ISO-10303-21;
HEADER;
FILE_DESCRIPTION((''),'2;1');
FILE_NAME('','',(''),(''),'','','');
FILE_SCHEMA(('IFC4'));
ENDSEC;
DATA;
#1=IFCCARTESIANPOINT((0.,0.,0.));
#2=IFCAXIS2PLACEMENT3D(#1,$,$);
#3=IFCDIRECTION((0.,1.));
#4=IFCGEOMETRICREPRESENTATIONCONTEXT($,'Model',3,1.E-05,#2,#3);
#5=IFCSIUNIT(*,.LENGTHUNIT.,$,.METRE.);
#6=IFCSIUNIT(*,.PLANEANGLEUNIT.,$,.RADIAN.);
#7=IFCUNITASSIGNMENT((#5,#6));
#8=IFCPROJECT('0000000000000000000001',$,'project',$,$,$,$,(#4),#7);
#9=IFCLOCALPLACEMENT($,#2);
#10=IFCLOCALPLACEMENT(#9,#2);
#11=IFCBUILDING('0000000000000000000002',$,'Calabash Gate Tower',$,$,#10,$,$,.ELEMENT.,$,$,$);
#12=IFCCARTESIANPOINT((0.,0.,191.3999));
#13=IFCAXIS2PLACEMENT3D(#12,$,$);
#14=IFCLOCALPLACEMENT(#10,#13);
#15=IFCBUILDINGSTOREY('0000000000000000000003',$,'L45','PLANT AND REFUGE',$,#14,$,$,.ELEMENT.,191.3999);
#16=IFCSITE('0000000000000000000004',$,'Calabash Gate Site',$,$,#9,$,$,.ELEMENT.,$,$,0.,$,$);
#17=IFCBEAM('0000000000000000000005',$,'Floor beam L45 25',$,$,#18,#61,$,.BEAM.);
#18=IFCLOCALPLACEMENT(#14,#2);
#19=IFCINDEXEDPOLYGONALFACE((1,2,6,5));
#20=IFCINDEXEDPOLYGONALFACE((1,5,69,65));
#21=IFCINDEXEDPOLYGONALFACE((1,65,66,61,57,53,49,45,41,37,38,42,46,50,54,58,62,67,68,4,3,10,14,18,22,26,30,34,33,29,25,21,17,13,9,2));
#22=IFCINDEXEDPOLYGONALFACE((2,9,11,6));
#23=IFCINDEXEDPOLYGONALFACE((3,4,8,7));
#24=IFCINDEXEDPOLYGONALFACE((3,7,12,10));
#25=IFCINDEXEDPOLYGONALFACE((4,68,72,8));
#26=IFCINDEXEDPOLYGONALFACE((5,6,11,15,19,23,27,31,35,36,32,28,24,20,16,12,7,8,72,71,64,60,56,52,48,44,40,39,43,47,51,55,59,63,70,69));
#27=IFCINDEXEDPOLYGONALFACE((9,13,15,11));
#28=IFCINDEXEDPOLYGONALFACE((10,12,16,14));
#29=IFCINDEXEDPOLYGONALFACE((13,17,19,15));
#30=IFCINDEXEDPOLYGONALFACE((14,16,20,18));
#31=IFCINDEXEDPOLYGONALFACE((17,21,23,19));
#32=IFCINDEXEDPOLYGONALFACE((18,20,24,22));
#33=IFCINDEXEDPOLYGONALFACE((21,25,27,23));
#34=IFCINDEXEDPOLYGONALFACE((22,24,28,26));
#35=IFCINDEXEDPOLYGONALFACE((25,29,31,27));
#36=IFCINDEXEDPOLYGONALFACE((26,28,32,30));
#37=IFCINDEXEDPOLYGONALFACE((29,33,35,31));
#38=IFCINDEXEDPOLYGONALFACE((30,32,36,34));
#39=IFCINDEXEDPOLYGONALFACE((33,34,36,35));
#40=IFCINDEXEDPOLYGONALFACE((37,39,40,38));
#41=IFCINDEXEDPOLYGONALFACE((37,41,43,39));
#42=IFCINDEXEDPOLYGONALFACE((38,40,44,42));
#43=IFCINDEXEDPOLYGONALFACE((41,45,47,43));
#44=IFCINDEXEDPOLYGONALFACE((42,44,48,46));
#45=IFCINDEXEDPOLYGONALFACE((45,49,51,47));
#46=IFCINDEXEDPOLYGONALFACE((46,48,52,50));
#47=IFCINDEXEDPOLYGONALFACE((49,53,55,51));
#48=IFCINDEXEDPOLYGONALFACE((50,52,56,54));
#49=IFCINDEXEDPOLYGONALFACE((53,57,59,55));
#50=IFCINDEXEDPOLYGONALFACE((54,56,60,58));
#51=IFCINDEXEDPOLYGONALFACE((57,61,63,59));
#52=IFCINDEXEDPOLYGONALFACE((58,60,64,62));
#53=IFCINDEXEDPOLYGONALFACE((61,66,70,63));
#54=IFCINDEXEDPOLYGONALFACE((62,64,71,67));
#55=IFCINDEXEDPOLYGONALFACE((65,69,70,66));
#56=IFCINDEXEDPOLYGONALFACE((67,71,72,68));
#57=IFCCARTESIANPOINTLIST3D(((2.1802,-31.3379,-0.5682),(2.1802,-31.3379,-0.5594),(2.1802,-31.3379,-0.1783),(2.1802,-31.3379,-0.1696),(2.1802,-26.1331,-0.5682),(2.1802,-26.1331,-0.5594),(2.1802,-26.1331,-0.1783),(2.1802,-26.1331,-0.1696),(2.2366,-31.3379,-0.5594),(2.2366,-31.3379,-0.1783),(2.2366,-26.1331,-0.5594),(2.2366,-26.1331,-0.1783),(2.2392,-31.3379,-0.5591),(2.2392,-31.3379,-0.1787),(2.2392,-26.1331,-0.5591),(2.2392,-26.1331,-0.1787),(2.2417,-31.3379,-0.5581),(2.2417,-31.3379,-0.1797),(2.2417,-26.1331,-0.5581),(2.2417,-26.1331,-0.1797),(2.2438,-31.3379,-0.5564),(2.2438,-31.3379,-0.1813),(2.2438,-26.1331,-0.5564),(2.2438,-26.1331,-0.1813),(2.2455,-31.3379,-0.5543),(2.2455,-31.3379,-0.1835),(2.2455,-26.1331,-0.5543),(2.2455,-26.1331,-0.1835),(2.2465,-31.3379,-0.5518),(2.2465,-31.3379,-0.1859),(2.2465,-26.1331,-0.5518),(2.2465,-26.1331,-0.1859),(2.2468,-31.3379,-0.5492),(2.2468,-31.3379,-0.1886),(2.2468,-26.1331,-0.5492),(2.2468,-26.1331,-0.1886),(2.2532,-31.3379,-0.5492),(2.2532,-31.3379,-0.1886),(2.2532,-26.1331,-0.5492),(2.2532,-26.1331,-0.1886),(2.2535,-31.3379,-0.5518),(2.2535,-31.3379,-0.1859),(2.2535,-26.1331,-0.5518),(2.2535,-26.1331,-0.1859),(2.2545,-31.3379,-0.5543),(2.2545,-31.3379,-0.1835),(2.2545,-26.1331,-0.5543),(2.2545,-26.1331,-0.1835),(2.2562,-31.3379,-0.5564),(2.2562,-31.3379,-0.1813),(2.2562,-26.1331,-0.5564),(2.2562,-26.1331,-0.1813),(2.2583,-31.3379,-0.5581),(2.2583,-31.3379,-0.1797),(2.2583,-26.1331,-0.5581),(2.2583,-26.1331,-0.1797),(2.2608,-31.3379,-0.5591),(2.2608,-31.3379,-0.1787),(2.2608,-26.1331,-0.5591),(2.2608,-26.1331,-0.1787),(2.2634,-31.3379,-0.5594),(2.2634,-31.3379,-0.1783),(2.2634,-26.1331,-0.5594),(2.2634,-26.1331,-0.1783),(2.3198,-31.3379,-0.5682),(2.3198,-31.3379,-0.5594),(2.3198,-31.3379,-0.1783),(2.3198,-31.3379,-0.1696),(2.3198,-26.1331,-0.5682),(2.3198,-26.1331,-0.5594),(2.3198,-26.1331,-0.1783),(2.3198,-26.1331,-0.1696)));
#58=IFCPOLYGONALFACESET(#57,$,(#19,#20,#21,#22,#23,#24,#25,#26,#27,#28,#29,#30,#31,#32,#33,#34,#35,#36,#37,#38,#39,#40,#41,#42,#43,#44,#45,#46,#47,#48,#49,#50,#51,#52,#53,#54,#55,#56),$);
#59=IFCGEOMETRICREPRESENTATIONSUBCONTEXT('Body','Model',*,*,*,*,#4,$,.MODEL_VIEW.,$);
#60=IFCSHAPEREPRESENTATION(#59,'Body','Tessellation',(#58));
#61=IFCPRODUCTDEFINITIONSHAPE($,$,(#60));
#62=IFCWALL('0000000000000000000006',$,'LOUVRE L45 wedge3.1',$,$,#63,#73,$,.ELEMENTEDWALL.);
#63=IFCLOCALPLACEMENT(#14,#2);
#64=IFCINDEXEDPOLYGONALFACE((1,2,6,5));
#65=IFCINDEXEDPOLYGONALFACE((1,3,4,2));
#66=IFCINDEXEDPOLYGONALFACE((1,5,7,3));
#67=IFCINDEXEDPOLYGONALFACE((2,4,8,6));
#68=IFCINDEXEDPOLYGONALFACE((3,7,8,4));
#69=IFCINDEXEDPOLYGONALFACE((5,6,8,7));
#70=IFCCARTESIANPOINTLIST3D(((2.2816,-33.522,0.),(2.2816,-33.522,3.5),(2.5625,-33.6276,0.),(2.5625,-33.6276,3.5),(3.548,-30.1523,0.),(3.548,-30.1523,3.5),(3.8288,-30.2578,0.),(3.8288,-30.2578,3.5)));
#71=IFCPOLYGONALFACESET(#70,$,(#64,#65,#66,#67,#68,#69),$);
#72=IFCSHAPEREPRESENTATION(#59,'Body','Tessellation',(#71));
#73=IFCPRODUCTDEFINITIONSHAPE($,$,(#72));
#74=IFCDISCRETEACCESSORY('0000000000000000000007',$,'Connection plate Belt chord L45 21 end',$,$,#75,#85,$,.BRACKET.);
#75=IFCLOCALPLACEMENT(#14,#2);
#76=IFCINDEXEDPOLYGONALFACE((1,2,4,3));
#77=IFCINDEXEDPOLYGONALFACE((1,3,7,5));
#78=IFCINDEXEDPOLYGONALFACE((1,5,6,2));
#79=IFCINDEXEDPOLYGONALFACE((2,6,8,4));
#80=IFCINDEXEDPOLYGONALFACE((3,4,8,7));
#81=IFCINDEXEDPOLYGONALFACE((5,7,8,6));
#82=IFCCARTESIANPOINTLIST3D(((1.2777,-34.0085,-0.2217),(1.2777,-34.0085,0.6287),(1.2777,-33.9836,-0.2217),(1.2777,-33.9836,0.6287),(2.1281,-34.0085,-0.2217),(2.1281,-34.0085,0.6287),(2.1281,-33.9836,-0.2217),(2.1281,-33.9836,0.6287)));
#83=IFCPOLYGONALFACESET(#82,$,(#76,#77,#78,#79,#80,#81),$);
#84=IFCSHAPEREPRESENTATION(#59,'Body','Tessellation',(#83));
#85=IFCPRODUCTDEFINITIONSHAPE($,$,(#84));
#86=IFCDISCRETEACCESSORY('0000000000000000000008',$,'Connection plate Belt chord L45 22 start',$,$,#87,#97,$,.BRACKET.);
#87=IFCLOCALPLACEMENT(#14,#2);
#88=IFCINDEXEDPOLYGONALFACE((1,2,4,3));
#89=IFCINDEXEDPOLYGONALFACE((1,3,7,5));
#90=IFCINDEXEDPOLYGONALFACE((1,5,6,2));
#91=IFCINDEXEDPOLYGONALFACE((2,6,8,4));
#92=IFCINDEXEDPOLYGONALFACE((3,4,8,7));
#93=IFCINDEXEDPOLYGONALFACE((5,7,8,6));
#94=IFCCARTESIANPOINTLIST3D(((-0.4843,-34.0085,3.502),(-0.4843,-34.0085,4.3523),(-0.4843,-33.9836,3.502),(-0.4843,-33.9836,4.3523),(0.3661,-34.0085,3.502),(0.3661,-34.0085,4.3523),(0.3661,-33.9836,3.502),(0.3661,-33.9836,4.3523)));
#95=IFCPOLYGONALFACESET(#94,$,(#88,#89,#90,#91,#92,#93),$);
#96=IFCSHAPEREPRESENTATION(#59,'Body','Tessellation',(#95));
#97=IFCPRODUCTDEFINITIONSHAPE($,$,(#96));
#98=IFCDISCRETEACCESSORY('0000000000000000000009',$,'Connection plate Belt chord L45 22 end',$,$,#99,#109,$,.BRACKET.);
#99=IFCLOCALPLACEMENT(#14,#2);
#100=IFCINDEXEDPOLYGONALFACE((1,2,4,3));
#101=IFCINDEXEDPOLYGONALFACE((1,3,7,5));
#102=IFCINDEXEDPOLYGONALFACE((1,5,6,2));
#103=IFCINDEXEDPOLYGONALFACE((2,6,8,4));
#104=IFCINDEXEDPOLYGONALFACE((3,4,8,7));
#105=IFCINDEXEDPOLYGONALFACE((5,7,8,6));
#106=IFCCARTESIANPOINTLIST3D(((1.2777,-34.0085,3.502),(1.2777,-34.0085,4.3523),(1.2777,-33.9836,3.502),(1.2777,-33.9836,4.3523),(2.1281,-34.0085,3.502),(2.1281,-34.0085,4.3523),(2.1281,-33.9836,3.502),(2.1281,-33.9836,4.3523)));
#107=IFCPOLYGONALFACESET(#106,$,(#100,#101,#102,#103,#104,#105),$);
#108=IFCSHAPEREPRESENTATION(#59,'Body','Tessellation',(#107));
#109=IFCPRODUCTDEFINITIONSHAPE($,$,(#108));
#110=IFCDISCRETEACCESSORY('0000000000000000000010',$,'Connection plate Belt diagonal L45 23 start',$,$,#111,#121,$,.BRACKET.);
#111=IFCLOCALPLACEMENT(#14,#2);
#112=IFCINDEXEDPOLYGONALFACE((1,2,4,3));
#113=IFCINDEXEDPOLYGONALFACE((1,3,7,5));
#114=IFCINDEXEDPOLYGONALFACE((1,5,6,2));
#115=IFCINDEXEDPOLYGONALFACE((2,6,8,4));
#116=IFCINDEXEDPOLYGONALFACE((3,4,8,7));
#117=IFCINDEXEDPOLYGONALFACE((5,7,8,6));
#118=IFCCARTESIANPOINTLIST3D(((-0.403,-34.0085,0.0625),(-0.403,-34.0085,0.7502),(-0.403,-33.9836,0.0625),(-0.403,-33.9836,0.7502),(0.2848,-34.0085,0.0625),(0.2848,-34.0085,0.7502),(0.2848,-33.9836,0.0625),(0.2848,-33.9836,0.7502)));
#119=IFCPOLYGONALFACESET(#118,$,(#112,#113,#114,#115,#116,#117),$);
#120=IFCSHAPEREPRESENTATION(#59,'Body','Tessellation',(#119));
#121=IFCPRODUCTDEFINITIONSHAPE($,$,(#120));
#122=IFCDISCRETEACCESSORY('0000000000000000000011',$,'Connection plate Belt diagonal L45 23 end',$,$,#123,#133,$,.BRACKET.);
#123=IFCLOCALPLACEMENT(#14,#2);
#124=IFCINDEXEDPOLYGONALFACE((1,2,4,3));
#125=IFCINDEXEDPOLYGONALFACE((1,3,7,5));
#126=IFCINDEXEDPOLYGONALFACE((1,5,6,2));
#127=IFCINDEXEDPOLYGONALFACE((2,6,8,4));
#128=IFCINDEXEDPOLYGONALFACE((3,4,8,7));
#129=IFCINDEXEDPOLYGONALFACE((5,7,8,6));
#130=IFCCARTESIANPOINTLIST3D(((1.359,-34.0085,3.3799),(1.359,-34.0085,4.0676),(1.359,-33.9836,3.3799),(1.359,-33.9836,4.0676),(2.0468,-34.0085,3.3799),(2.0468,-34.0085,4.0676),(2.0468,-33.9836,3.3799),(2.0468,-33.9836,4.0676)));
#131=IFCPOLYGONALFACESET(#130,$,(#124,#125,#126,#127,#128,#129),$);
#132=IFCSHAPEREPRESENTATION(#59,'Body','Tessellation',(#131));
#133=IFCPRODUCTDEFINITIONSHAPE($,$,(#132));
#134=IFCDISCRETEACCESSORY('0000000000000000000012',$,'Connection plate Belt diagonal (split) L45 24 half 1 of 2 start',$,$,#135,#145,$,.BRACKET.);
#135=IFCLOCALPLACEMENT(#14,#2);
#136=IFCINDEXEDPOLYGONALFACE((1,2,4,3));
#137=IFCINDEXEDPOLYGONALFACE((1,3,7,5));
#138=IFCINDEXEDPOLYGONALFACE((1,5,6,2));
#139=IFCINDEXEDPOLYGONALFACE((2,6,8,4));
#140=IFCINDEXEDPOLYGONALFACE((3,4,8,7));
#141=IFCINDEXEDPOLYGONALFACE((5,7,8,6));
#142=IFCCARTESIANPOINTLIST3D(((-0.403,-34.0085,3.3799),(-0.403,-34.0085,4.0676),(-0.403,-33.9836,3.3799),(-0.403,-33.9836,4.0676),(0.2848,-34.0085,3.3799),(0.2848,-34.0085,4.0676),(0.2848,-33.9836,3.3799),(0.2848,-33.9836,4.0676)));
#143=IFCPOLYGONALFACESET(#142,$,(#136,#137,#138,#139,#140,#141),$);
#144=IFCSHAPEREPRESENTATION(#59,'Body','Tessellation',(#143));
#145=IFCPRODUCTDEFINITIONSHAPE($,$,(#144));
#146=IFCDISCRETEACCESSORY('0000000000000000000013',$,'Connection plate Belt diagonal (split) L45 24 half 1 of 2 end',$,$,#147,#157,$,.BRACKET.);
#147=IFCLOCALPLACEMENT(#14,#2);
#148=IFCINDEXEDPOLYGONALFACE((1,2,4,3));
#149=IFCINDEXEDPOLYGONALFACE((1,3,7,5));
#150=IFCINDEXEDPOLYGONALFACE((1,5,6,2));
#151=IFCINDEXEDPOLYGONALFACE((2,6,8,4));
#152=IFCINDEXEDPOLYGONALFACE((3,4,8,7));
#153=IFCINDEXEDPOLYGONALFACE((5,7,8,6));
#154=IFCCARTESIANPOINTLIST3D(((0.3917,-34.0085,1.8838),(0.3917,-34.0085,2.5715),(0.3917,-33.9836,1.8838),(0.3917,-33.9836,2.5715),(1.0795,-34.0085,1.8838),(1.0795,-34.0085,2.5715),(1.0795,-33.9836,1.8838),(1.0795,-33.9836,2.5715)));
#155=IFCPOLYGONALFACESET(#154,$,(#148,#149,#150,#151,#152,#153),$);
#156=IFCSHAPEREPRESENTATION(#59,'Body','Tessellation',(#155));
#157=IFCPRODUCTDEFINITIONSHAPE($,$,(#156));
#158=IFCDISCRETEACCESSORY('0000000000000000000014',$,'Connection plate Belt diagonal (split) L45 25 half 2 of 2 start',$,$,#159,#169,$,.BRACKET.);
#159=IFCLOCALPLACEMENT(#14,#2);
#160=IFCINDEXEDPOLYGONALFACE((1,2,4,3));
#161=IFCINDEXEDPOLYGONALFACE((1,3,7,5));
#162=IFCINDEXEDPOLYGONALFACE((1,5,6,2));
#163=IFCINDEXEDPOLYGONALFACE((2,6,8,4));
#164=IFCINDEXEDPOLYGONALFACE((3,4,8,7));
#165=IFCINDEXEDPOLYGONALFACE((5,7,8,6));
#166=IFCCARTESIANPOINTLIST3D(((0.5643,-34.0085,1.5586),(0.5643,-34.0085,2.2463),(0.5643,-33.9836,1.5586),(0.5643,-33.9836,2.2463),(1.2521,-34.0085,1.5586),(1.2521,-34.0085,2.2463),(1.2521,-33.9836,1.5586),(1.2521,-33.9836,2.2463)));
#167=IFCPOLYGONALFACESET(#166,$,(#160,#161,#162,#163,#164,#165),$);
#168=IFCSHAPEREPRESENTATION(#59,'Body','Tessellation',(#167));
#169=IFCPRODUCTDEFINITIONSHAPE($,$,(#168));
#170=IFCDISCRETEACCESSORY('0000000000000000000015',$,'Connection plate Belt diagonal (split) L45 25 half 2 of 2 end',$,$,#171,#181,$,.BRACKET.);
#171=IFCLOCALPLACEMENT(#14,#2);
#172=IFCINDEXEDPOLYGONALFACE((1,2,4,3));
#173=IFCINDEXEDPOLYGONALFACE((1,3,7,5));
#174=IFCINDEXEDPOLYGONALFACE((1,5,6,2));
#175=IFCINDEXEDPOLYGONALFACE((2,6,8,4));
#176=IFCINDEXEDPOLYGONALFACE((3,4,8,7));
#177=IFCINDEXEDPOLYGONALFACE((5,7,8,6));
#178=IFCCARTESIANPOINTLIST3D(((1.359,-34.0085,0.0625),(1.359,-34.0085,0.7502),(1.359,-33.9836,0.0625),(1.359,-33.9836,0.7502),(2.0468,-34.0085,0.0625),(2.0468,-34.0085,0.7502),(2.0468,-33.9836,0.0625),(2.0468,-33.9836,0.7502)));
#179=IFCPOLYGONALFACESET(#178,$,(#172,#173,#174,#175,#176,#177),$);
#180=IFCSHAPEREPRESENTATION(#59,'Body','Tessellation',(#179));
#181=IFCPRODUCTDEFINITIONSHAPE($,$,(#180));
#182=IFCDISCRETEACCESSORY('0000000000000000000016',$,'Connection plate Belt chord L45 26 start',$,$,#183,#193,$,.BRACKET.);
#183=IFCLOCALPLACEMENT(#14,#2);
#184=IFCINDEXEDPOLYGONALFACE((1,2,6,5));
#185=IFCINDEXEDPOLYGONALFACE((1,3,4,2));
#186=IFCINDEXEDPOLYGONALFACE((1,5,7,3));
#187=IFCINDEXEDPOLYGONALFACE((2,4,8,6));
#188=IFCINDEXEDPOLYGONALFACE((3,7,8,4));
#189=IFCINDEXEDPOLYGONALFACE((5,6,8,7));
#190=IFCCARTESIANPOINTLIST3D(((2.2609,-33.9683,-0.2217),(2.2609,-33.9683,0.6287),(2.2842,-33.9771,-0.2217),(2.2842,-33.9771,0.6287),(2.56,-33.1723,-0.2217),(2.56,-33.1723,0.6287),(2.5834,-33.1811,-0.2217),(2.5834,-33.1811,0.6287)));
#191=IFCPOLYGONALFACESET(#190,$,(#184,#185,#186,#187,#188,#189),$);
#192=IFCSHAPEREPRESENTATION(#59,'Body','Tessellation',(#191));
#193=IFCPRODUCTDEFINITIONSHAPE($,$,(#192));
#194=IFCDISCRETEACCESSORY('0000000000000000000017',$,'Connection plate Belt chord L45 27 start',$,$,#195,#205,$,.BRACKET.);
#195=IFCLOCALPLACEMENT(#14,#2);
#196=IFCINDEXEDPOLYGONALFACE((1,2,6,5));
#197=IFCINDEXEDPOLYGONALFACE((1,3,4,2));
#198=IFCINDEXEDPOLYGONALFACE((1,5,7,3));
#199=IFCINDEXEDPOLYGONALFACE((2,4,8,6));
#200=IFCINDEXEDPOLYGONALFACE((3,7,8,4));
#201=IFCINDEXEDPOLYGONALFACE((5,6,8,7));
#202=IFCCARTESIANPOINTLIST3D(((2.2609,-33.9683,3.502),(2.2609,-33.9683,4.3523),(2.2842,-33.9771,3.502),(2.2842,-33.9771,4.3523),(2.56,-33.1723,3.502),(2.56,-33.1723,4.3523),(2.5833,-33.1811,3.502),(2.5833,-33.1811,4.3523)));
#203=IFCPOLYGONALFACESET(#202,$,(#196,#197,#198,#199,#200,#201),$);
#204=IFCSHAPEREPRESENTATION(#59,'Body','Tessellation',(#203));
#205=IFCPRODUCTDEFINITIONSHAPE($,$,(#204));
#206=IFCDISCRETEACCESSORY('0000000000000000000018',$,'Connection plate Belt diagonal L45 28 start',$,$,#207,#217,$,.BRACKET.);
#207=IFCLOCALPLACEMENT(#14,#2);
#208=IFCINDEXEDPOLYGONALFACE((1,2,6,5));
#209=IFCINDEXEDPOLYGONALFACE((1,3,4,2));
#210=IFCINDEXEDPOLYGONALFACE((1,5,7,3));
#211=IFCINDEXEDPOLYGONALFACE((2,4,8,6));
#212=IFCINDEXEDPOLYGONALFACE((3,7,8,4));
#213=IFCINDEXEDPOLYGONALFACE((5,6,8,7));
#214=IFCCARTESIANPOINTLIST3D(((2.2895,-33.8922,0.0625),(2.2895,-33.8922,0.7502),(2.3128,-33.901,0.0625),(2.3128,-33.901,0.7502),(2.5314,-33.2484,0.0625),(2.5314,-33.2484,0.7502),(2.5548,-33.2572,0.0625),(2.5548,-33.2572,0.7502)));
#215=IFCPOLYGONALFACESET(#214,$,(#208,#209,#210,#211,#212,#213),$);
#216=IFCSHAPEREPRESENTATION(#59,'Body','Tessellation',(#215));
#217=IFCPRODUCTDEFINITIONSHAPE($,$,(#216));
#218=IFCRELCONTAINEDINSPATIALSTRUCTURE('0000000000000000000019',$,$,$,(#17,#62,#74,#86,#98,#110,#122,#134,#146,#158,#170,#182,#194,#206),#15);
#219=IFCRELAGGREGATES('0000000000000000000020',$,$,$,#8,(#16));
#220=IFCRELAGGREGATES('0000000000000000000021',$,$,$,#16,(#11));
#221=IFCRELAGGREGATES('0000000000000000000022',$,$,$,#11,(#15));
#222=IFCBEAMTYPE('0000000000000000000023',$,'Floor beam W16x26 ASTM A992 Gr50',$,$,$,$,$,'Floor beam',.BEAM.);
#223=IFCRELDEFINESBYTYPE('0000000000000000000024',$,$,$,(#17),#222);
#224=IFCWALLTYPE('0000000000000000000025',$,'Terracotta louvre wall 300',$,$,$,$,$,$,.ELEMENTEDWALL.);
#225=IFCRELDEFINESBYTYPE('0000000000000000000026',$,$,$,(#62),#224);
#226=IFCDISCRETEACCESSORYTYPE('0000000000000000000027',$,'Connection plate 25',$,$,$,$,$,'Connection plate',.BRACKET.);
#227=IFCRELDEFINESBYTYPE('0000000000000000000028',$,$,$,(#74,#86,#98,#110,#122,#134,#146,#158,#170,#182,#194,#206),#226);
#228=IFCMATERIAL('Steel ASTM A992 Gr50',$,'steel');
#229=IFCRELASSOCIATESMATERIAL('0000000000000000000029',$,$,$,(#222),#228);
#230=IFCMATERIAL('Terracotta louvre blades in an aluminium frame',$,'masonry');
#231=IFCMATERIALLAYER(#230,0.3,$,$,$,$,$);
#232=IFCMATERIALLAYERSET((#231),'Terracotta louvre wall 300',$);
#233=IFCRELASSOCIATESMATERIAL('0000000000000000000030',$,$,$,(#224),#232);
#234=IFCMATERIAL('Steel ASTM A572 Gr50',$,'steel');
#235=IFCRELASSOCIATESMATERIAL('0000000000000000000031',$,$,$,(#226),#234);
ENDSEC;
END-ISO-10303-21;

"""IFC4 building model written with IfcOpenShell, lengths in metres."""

from ifc_helpers import new_model, si_unit, direction, frame, frame_2d, origin, origin_2d, place, context, subcontext, project, spatial, rectangle, i_section, extrude, material, layer, layer_set, material_profile, profile_set, type_object, element, save


model = new_model("IFC4")

# Units and contexts
model_context = context("Model", 3, precision=1e-05, world=origin(), true_north=direction((0.0, 1.0)))
body_context = subcontext(model_context, "Body", "Model", "MODEL_VIEW")
ifc_project = project(units=[si_unit("LENGTHUNIT", "METRE"), si_unit("PLANEANGLEUNIT", "RADIAN")], contexts=[model_context])

# Site, building, storey
site_placement = place(None, origin())
site = spatial("IfcSite", under=ifc_project, at=site_placement, Name="Calabash Gate Site", CompositionType="ELEMENT", RefElevation=0.0)
building_placement = place(site_placement, origin())
building = spatial("IfcBuilding", under=site, at=building_placement, Name="Calabash Gate Tower", CompositionType="ELEMENT")
storey_placement = place(building_placement, frame((0.0, 0.0, 191.3999)))
storey = spatial("IfcBuildingStorey", under=building, at=storey_placement, Name="L45", Description="PLANT AND REFUGE", CompositionType="ELEMENT", Elevation=191.3999)

# Beam
ifc_material_1 = material(Name="Steel ASTM A992 Gr50", Category="steel")
ifc_material_profile_1 = material_profile(ifc_material_1, i_section(OverallWidth=0.1396, OverallDepth=0.3987, WebThickness=0.0063, FlangeThickness=0.0088, FilletRadius=0.0103, at=origin_2d()))
ifc_profile_set_1 = profile_set([ifc_material_profile_1], Name="Steel ASTM A992 Gr50")
beam_type_1 = type_object("IfcBeamType", Name="Floor beam W16x26 ASTM A992 Gr50", ElementType="Floor beam", PredefinedType="BEAM", material=ifc_profile_set_1)
beam_1_placement = place(storey_placement, frame((2.25, -31.3379, -0.3689), z_axis=(0.0, 1.0, 0.0), x_axis=(-1.0, 0.0, 0.0)))
element("IfcBeam", 1, at=beam_1_placement, inside=storey, type_object=beam_type_1, Name="Floor beam L45 25", PredefinedType="BEAM", context=body_context, shape_type="SweptSolid", body=[
    extrude(i_section(OverallWidth=0.1396, OverallDepth=0.3987, WebThickness=0.0063, FlangeThickness=0.0088, FilletRadius=0.0103, at=origin_2d()), origin(), (0.0, 0.0, 1.0), 5.2048),
])

# Wall
ifc_material_2 = material(Name="Terracotta louvre blades in an aluminium frame", Category="masonry")
ifc_layer = layer(ifc_material_2, 0.3)
ifc_layer_set = layer_set([ifc_layer], Name="Terracotta louvre wall 300")
wall_type = type_object("IfcWallType", Name="Terracotta louvre wall 300", PredefinedType="ELEMENTEDWALL", material=ifc_layer_set)
wall_placement = place(storey_placement, frame((2.4221, -33.5747, 0.0), z_axis=(0.0, 0.0, 1.0), x_axis=(0.35177, 0.936086, 0.0)))
element("IfcWall", 2, at=wall_placement, inside=storey, type_object=wall_type, Name="LOUVRE L45 wedge3.1", PredefinedType="ELEMENTEDWALL", context=body_context, shape_type="SweptSolid", body=[
    extrude(rectangle(XDim=3.5999, YDim=0.3, at=frame_2d((1.7998, 0.0))), origin(), (0.0, 0.0, 1.0), 3.5),
])

# Discrete accessories
ifc_material_3 = material(Name="Steel ASTM A572 Gr50", Category="steel")
discrete_accessory_type = type_object("IfcDiscreteAccessoryType", Name="Connection plate 25", ElementType="Connection plate", PredefinedType="BRACKET", material=ifc_material_3)
for number, where, z_axis, x_axis, name in (
    (3, (1.7029, -33.9961, -0.2217), (0.0, 0.0, 1.0), (1.0, 0.000001, 0.0), "Connection plate Belt chord L45 21 end"),
    (4, (-0.0591, -33.9961, 3.502), (0.0, 0.0, 1.0), (1.0, 0.000001, 0.0), "Connection plate Belt chord L45 22 start"),
    (5, (1.7029, -33.9961, 3.502), (0.0, 0.0, 1.0), (1.0, 0.000001, 0.0), "Connection plate Belt chord L45 22 end"),
):
    element("IfcDiscreteAccessory", number, at=place(storey_placement, frame(where, z_axis=z_axis, x_axis=x_axis)), inside=storey, type_object=discrete_accessory_type, Name=name, PredefinedType="BRACKET", context=body_context, shape_type="SweptSolid", body=[
        extrude(rectangle(XDim=0.8503, YDim=0.0249, at=origin_2d()), origin(), (0.0, 0.0, 1.0), 0.8503),
    ])
for number, where, z_axis, x_axis, name in (
    (6, (-0.0591, -33.9961, 0.0625), (0.0, 0.0, 1.0), (1.0, 0.000001, 0.0), "Connection plate Belt diagonal L45 23 start"),
    (7, (1.7029, -33.9961, 3.3799), (0.0, 0.0, 1.0), (1.0, 0.000001, 0.0), "Connection plate Belt diagonal L45 23 end"),
    (8, (-0.0591, -33.9961, 3.3799), (0.0, 0.0, 1.0), (1.0, 0.0, 0.0), "Connection plate Belt diagonal (split) L45 24 half 1 of 2 start"),
    (9, (0.7356, -33.9961, 1.8838), (0.0, 0.0, 1.0), (1.0, 0.0, 0.0), "Connection plate Belt diagonal (split) L45 24 half 1 of 2 end"),
    (10, (0.9082, -33.9961, 1.5586), (0.0, 0.0, 1.0), (1.0, 0.0, 0.0), "Connection plate Belt diagonal (split) L45 25 half 2 of 2 start"),
    (11, (1.7029, -33.9961, 0.0625), (0.0, 0.0, 1.0), (1.0, 0.0, 0.0), "Connection plate Belt diagonal (split) L45 25 half 2 of 2 end"),
):
    element("IfcDiscreteAccessory", number, at=place(storey_placement, frame(where, z_axis=z_axis, x_axis=x_axis)), inside=storey, type_object=discrete_accessory_type, Name=name, PredefinedType="BRACKET", context=body_context, shape_type="SweptSolid", body=[
        extrude(rectangle(XDim=0.6877, YDim=0.0249, at=origin_2d()), origin(), (0.0, 0.0, 1.0), 0.6877),
    ])
for number, where, z_axis, x_axis, name in (
    (12, (2.4221, -33.5747, -0.2217), (0.0, 0.0, 1.0), (0.351823, 0.936067, 0.0), "Connection plate Belt chord L45 26 start"),
    (13, (2.4221, -33.5747, 3.502), (0.0, 0.0, 1.0), (0.351716, 0.936107, 0.0), "Connection plate Belt chord L45 27 start"),
):
    element("IfcDiscreteAccessory", number, at=place(storey_placement, frame(where, z_axis=z_axis, x_axis=x_axis)), inside=storey, type_object=discrete_accessory_type, Name=name, PredefinedType="BRACKET", context=body_context, shape_type="SweptSolid", body=[
        extrude(rectangle(XDim=0.8503, YDim=0.0249, at=origin_2d()), origin(), (0.0, 0.0, 1.0), 0.8503),
    ])
for number, where, z_axis, x_axis, name in (
    (14, (2.4221, -33.5747, 0.0625), (0.0, 0.0, 1.0), (0.351823, 0.936067, 0.0), "Connection plate Belt diagonal L45 28 start"),
):
    element("IfcDiscreteAccessory", number, at=place(storey_placement, frame(where, z_axis=z_axis, x_axis=x_axis)), inside=storey, type_object=discrete_accessory_type, Name=name, PredefinedType="BRACKET", context=body_context, shape_type="SweptSolid", body=[
        extrude(rectangle(XDim=0.6877, YDim=0.0249, at=origin_2d()), origin(), (0.0, 0.0, 1.0), 0.6877),
    ])

save(model, "model.ifc")
